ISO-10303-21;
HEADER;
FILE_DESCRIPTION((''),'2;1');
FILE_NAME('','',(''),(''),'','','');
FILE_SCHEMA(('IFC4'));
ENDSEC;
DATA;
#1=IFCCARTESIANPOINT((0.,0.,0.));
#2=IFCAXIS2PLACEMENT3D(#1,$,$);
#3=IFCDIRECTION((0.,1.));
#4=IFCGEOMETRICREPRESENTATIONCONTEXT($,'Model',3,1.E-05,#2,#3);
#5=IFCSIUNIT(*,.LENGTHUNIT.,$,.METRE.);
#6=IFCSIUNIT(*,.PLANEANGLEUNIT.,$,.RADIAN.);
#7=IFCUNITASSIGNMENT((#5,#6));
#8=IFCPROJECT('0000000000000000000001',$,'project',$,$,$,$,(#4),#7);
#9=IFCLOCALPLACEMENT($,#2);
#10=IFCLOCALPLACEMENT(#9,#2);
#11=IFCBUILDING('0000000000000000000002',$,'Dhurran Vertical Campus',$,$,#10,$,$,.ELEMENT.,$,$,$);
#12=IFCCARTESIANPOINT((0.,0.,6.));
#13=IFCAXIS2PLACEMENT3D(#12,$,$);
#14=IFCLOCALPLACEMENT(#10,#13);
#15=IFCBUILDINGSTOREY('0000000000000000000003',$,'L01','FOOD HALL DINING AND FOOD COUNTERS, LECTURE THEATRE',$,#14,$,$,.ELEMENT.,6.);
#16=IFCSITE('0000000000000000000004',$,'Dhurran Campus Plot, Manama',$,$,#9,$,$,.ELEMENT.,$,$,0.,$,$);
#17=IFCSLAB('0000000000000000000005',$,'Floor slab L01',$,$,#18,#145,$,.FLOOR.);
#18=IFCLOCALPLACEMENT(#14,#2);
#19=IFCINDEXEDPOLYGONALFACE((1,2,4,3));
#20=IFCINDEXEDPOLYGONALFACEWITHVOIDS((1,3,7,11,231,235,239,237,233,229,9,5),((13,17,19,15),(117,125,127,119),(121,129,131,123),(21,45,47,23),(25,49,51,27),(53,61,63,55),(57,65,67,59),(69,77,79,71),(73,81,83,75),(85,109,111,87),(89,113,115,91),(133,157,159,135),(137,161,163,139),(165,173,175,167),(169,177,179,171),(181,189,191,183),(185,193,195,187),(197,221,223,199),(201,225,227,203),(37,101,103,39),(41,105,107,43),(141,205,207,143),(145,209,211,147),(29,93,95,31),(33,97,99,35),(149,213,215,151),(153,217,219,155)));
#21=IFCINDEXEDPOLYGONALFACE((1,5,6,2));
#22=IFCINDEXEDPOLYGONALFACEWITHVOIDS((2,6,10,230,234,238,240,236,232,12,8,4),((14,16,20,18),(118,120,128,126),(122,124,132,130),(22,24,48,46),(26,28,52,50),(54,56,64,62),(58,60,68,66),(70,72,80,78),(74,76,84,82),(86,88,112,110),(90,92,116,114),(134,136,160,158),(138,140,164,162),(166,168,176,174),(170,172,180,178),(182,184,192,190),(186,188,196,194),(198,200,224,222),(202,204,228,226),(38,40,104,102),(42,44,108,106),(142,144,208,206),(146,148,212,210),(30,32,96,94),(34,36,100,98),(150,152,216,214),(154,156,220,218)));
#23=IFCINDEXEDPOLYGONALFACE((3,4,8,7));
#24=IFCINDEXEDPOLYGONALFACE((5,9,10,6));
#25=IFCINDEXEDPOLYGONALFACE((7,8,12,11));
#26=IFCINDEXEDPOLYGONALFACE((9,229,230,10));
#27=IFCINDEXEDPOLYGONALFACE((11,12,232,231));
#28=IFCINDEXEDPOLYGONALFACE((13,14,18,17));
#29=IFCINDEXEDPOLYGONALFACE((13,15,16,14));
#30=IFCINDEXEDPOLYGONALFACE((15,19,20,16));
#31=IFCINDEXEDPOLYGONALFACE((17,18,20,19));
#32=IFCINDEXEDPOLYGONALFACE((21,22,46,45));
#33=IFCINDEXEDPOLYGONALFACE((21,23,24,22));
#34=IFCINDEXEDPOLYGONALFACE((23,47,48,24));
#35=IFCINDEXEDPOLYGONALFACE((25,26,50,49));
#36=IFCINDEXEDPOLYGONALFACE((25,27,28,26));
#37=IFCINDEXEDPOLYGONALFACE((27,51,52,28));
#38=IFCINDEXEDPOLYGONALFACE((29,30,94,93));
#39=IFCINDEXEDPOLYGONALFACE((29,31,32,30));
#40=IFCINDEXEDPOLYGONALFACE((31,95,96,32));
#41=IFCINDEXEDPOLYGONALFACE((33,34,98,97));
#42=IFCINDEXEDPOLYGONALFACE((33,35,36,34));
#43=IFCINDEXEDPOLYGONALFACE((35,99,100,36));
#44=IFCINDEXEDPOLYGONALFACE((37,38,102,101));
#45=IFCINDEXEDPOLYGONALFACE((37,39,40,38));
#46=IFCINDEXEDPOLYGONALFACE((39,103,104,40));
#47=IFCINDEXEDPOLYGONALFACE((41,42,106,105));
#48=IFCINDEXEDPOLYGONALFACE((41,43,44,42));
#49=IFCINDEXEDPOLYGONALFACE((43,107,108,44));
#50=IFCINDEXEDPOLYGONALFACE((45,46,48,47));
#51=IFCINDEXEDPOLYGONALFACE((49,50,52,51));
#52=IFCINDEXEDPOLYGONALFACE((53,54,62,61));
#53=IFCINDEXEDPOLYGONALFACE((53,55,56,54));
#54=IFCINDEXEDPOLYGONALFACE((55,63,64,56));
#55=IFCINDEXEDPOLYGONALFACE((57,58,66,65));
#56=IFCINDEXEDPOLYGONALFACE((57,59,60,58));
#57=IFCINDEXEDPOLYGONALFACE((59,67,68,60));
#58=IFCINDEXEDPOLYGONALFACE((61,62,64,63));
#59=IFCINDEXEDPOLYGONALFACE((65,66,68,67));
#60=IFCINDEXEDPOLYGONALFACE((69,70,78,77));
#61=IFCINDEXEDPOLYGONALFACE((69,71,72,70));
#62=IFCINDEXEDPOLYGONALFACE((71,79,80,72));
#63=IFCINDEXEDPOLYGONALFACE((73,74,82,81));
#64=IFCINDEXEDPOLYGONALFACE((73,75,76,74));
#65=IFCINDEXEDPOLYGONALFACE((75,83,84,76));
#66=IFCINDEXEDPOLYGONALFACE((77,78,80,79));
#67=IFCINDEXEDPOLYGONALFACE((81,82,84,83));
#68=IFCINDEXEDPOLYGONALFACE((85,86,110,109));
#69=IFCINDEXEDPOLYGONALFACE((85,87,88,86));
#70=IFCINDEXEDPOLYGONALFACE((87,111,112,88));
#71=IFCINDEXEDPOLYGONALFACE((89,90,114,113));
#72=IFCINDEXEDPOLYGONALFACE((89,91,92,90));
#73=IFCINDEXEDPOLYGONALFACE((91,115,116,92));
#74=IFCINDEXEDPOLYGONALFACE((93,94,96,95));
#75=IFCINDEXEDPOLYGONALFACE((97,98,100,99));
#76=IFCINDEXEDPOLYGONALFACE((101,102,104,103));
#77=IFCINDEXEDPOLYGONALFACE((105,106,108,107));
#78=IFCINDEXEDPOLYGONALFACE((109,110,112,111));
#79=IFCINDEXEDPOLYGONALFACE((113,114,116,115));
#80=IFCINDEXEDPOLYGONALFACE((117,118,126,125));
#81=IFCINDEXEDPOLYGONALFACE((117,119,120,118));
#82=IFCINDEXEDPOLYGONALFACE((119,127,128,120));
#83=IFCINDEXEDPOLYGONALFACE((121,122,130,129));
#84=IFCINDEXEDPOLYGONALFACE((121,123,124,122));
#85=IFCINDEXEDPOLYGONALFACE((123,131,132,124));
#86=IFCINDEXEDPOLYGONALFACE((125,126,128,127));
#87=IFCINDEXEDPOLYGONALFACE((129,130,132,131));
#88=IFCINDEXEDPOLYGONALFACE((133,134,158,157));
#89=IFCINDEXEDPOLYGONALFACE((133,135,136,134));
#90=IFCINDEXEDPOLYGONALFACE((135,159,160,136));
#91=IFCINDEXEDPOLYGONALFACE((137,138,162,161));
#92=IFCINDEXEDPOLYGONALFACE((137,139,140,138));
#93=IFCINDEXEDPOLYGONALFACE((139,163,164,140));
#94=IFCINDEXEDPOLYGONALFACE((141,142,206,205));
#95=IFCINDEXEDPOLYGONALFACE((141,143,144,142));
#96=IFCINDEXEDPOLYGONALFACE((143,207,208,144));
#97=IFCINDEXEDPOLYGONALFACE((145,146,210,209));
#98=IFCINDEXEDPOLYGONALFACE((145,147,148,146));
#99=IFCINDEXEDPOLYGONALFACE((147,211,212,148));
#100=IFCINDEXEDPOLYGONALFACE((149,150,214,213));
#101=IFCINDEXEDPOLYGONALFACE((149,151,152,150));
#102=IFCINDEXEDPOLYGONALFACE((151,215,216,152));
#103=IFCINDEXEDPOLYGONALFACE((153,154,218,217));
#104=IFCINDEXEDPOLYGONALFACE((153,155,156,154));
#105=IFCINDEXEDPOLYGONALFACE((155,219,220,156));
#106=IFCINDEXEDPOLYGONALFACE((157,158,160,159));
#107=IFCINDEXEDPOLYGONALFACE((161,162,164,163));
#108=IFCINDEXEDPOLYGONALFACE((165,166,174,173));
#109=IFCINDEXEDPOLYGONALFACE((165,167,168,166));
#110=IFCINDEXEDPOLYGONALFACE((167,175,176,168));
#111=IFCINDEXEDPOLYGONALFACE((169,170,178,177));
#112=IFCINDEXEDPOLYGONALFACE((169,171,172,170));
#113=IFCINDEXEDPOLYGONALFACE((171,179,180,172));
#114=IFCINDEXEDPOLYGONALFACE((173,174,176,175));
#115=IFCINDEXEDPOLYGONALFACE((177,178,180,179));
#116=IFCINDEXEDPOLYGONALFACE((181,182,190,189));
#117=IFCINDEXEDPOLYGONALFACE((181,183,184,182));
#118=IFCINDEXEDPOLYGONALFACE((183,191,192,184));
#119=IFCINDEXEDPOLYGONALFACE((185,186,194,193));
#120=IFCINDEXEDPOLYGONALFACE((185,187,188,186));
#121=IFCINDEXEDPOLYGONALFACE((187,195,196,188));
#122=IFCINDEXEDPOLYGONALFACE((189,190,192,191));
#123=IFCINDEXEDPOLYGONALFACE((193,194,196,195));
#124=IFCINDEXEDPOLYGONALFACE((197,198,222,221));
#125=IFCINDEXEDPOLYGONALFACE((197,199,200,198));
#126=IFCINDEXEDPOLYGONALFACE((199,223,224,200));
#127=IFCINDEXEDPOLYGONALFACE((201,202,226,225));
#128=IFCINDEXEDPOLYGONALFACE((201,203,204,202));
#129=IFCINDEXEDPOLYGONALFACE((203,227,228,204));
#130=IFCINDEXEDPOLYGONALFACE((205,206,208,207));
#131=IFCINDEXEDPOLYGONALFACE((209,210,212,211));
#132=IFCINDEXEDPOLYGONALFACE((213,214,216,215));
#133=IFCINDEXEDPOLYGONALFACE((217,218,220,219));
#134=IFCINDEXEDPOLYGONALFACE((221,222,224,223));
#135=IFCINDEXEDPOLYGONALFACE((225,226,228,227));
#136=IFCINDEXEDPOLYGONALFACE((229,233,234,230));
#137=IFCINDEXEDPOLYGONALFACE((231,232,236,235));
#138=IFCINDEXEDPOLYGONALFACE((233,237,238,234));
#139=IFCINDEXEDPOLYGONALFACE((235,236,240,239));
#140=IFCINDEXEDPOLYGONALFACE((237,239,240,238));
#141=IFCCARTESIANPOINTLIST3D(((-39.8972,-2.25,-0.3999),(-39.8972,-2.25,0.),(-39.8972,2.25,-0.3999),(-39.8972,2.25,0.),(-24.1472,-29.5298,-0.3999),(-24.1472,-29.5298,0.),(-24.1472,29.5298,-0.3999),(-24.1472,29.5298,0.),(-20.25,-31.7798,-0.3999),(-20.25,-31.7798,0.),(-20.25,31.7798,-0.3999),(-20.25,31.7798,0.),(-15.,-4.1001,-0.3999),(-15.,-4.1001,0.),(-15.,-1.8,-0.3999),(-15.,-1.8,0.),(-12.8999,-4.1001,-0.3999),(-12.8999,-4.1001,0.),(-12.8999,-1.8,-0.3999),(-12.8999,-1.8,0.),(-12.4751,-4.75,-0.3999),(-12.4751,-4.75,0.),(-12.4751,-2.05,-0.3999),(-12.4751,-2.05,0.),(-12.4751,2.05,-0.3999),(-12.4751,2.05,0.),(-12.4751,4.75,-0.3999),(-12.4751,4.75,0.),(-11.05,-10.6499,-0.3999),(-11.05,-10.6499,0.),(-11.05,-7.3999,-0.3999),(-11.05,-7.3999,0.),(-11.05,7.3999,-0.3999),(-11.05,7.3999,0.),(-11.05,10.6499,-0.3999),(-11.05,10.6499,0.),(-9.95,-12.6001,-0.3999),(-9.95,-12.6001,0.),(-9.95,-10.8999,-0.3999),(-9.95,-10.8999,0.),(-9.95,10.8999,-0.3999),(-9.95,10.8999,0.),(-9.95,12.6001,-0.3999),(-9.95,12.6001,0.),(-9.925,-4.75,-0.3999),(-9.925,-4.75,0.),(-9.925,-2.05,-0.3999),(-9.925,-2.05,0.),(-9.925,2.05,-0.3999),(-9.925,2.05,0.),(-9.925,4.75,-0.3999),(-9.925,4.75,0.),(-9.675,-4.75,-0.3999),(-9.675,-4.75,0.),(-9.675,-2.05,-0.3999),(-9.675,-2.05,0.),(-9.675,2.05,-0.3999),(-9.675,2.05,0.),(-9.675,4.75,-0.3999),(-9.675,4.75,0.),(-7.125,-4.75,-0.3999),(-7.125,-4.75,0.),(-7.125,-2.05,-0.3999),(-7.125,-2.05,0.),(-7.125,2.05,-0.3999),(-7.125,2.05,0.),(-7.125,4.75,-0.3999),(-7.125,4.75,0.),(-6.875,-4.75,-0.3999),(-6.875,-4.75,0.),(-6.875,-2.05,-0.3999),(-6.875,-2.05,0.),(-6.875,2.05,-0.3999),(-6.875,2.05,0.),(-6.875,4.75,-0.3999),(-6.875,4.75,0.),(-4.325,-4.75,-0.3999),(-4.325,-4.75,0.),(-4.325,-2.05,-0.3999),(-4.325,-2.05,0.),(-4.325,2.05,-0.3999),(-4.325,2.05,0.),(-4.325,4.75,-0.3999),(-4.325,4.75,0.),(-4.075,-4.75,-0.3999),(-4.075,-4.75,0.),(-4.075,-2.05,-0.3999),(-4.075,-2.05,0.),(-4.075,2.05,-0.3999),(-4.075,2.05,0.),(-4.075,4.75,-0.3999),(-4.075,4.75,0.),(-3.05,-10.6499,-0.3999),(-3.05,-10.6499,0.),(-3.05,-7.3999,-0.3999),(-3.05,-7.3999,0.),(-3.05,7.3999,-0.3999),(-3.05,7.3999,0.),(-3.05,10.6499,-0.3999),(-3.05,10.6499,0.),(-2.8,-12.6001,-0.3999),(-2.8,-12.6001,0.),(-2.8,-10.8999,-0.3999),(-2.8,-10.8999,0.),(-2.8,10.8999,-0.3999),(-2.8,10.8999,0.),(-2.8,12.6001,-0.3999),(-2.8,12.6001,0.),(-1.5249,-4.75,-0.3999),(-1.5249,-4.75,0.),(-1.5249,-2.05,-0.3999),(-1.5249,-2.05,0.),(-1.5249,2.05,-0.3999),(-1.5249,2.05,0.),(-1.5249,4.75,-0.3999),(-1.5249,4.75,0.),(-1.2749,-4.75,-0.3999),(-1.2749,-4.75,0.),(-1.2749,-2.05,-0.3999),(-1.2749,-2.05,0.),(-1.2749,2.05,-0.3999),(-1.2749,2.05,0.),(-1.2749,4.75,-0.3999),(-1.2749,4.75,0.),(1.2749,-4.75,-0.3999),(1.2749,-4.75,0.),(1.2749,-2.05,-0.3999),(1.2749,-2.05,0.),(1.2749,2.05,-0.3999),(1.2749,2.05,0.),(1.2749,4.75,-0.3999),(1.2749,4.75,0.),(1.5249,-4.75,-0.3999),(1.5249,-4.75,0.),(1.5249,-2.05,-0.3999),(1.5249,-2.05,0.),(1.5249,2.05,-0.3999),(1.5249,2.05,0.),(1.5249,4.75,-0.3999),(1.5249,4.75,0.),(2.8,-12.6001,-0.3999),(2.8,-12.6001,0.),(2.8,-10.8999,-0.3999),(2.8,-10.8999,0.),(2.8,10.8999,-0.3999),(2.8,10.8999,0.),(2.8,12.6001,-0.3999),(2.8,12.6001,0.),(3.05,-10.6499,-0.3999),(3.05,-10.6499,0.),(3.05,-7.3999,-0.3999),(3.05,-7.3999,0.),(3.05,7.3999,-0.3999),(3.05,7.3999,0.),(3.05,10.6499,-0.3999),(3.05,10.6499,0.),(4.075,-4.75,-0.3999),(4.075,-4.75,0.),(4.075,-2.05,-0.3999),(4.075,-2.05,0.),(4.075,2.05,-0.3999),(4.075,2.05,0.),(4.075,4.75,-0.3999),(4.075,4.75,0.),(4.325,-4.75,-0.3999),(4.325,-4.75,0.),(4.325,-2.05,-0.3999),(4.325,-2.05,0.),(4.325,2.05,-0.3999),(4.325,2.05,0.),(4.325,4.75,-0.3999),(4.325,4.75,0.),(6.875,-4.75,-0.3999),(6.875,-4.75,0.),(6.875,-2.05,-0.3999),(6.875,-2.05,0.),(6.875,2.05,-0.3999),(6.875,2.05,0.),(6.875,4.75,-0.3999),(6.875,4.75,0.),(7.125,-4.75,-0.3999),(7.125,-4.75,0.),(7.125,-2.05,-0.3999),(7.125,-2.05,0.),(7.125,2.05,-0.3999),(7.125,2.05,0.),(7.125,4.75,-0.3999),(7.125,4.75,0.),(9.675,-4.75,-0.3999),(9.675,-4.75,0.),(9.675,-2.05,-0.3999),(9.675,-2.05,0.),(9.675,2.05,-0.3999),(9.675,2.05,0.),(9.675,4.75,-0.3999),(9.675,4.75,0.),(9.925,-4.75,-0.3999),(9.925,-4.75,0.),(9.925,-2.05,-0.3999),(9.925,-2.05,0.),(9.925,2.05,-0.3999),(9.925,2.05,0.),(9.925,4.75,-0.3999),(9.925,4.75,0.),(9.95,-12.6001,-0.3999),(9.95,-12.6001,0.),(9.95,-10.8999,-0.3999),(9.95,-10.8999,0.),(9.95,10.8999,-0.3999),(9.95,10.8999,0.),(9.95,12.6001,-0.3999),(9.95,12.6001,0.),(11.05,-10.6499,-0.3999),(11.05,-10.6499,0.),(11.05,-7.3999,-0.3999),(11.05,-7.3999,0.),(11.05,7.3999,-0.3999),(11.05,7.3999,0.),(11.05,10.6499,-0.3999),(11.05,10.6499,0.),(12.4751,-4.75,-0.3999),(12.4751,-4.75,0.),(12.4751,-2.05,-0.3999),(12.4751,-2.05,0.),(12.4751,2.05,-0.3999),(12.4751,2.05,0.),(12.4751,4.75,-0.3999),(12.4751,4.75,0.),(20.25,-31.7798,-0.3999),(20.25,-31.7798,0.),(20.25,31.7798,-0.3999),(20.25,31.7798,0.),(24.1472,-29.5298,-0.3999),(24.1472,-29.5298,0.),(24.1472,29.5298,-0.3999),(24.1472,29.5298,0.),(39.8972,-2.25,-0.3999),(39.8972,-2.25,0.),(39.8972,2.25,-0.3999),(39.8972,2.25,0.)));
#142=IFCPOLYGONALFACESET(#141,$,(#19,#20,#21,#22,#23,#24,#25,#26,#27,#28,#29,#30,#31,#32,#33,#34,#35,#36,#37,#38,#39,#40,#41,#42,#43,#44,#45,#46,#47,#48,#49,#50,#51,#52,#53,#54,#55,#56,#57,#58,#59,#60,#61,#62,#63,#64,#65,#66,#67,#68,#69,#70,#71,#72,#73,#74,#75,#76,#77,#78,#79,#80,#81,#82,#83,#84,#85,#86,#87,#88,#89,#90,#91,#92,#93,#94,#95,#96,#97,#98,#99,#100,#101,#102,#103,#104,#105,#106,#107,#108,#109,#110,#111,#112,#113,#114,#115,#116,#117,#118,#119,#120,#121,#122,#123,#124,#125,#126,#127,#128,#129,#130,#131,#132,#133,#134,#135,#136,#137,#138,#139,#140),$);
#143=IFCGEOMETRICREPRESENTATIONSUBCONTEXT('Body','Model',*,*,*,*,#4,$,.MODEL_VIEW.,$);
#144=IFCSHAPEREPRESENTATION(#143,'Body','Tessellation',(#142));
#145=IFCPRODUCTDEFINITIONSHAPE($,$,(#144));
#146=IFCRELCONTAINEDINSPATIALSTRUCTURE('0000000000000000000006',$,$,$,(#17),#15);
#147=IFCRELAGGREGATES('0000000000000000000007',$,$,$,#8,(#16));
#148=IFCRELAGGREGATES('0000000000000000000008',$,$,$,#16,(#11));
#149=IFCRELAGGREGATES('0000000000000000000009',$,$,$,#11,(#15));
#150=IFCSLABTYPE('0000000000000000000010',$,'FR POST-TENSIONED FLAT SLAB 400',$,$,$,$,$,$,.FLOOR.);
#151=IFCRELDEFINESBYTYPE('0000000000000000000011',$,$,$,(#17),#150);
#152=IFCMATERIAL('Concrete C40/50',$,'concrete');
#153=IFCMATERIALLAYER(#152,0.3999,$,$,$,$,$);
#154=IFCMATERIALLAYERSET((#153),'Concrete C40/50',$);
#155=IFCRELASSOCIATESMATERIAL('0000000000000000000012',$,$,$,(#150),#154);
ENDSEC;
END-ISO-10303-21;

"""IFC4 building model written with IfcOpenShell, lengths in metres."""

from ifc_helpers import new_model, si_unit, direction, frame, origin, place, context, subcontext, project, spatial, polyline, outline, extrude, material, layer, layer_set, type_object, element, save


model = new_model("IFC4")

# Units and contexts
model_context = context("Model", 3, precision=1e-05, world=origin(), true_north=direction((0.0, 1.0)))
body_context = subcontext(model_context, "Body", "Model", "MODEL_VIEW")
ifc_project = project(units=[si_unit("LENGTHUNIT", "METRE"), si_unit("PLANEANGLEUNIT", "RADIAN")], contexts=[model_context])

# Site, building, storey
site_placement = place(None, origin())
site = spatial("IfcSite", under=ifc_project, at=site_placement, Name="Dhurran Campus Plot, Manama", CompositionType="ELEMENT", RefElevation=0.0)
building_placement = place(site_placement, origin())
building = spatial("IfcBuilding", under=site, at=building_placement, Name="Dhurran Vertical Campus", CompositionType="ELEMENT")
storey_placement = place(building_placement, frame((0.0, 0.0, 6.0)))
storey = spatial("IfcBuildingStorey", under=building, at=storey_placement, Name="L01", Description="FOOD HALL DINING AND FOOD COUNTERS, LECTURE THEATRE", CompositionType="ELEMENT", Elevation=6.0)

# Slab
ifc_material_1 = material(Name="Concrete C40/50", Category="concrete")
ifc_layer_1 = layer(ifc_material_1, 0.3999)
ifc_layer_set_1 = layer_set([ifc_layer_1], Name="Concrete C40/50")
slab_type_1 = type_object("IfcSlabType", Name="FR POST-TENSIONED FLAT SLAB 400", PredefinedType="FLOOR", material=ifc_layer_set_1)
slab_1_placement = place(storey_placement, frame((0.0, 0.0, -0.3999)))
element("IfcSlab", 1, at=slab_1_placement, inside=storey, type_object=slab_type_1, Name="Floor slab L01", PredefinedType="FLOOR", context=body_context, shape_type="SweptSolid", body=[
    extrude(outline(polyline([(-20.25, -31.7798), (20.25, -31.7798), (24.1472, -29.5298), (39.8972, -2.25), (39.8972, 2.25), (24.1472, 29.5298), (20.25, 31.7798), (-20.25, 31.7798), (-24.1472, 29.5298), (-39.8972, 2.25), (-39.8972, -2.25), (-24.1472, -29.5298), (-20.25, -31.7798)]), holes=[polyline([(-12.4751, 2.05), (-9.925, 2.05), (-9.925, 4.75), (-12.4751, 4.75), (-12.4751, 2.05)]), polyline([(-9.675, 2.05), (-7.125, 2.05), (-7.125, 4.75), (-9.675, 4.75), (-9.675, 2.05)]), polyline([(-6.875, 2.05), (-4.325, 2.05), (-4.325, 4.75), (-6.875, 4.75), (-6.875, 2.05)]), polyline([(-1.2749, 2.05), (1.2749, 2.05), (1.2749, 4.75), (-1.2749, 4.75), (-1.2749, 2.05)]), polyline([(9.925, 2.05), (12.4751, 2.05), (12.4751, 4.75), (9.925, 4.75), (9.925, 2.05)]), polyline([(-1.2749, -4.75), (1.2749, -4.75), (1.2749, -2.05), (-1.2749, -2.05), (-1.2749, -4.75)]), polyline([(1.5249, -4.75), (4.075, -4.75), (4.075, -2.05), (1.5249, -2.05), (1.5249, -4.75)]), polyline([(4.325, -4.75), (6.875, -4.75), (6.875, -2.05), (4.325, -2.05), (4.325, -4.75)]), polyline([(7.125, -4.75), (9.675, -4.75), (9.675, -2.05), (7.125, -2.05), (7.125, -4.75)]), polyline([(9.925, -4.75), (12.4751, -4.75), (12.4751, -2.05), (9.925, -2.05), (9.925, -4.75)]), polyline([(-4.075, 2.05), (-1.5249, 2.05), (-1.5249, 4.75), (-4.075, 4.75), (-4.075, 2.05)]), polyline([(1.5249, 2.05), (4.075, 2.05), (4.075, 4.75), (1.5249, 4.75), (1.5249, 2.05)]), polyline([(4.325, 2.05), (6.875, 2.05), (6.875, 4.75), (4.325, 4.75), (4.325, 2.05)]), polyline([(7.125, 2.05), (9.675, 2.05), (9.675, 4.75), (7.125, 4.75), (7.125, 2.05)]), polyline([(-12.4751, -4.75), (-9.925, -4.75), (-9.925, -2.05), (-12.4751, -2.05), (-12.4751, -4.75)]), polyline([(-9.675, -4.75), (-7.125, -4.75), (-7.125, -2.05), (-9.675, -2.05), (-9.675, -4.75)]), polyline([(-6.875, -4.75), (-4.325, -4.75), (-4.325, -2.05), (-6.875, -2.05), (-6.875, -4.75)]), polyline([(-4.075, -4.75), (-1.5249, -4.75), (-1.5249, -2.05), (-4.075, -2.05), (-4.075, -4.75)]), polyline([(-11.05, 7.3999), (-3.05, 7.3999), (-3.05, 10.6499), (-11.05, 10.6499), (-11.05, 7.3999)]), polyline([(3.05, 7.3999), (11.05, 7.3999), (11.05, 10.6499), (3.05, 10.6499), (3.05, 7.3999)]), polyline([(-11.05, -10.6499), (-3.05, -10.6499), (-3.05, -7.3999), (-11.05, -7.3999), (-11.05, -10.6499)]), polyline([(3.05, -10.6499), (11.05, -10.6499), (11.05, -7.3999), (3.05, -7.3999), (3.05, -10.6499)]), polyline([(-9.95, 10.8999), (-9.95, 12.6001), (-2.8, 12.6001), (-2.8, 10.8999), (-9.95, 10.8999)]), polyline([(9.95, 12.6001), (9.95, 10.8999), (2.8, 10.8999), (2.8, 12.6001), (9.95, 12.6001)]), polyline([(-9.95, -12.6001), (-9.95, -10.8999), (-2.8, -10.8999), (-2.8, -12.6001), (-9.95, -12.6001)]), polyline([(9.95, -10.8999), (9.95, -12.6001), (2.8, -12.6001), (2.8, -10.8999), (9.95, -10.8999)]), polyline([(-12.8999, -4.1001), (-15.0, -4.1001), (-15.0, -1.8), (-12.8999, -1.8), (-12.8999, -4.1001)])]), origin(), (0.0, 0.0, 1.0), 0.3999),
])

save(model, "model.ifc")
